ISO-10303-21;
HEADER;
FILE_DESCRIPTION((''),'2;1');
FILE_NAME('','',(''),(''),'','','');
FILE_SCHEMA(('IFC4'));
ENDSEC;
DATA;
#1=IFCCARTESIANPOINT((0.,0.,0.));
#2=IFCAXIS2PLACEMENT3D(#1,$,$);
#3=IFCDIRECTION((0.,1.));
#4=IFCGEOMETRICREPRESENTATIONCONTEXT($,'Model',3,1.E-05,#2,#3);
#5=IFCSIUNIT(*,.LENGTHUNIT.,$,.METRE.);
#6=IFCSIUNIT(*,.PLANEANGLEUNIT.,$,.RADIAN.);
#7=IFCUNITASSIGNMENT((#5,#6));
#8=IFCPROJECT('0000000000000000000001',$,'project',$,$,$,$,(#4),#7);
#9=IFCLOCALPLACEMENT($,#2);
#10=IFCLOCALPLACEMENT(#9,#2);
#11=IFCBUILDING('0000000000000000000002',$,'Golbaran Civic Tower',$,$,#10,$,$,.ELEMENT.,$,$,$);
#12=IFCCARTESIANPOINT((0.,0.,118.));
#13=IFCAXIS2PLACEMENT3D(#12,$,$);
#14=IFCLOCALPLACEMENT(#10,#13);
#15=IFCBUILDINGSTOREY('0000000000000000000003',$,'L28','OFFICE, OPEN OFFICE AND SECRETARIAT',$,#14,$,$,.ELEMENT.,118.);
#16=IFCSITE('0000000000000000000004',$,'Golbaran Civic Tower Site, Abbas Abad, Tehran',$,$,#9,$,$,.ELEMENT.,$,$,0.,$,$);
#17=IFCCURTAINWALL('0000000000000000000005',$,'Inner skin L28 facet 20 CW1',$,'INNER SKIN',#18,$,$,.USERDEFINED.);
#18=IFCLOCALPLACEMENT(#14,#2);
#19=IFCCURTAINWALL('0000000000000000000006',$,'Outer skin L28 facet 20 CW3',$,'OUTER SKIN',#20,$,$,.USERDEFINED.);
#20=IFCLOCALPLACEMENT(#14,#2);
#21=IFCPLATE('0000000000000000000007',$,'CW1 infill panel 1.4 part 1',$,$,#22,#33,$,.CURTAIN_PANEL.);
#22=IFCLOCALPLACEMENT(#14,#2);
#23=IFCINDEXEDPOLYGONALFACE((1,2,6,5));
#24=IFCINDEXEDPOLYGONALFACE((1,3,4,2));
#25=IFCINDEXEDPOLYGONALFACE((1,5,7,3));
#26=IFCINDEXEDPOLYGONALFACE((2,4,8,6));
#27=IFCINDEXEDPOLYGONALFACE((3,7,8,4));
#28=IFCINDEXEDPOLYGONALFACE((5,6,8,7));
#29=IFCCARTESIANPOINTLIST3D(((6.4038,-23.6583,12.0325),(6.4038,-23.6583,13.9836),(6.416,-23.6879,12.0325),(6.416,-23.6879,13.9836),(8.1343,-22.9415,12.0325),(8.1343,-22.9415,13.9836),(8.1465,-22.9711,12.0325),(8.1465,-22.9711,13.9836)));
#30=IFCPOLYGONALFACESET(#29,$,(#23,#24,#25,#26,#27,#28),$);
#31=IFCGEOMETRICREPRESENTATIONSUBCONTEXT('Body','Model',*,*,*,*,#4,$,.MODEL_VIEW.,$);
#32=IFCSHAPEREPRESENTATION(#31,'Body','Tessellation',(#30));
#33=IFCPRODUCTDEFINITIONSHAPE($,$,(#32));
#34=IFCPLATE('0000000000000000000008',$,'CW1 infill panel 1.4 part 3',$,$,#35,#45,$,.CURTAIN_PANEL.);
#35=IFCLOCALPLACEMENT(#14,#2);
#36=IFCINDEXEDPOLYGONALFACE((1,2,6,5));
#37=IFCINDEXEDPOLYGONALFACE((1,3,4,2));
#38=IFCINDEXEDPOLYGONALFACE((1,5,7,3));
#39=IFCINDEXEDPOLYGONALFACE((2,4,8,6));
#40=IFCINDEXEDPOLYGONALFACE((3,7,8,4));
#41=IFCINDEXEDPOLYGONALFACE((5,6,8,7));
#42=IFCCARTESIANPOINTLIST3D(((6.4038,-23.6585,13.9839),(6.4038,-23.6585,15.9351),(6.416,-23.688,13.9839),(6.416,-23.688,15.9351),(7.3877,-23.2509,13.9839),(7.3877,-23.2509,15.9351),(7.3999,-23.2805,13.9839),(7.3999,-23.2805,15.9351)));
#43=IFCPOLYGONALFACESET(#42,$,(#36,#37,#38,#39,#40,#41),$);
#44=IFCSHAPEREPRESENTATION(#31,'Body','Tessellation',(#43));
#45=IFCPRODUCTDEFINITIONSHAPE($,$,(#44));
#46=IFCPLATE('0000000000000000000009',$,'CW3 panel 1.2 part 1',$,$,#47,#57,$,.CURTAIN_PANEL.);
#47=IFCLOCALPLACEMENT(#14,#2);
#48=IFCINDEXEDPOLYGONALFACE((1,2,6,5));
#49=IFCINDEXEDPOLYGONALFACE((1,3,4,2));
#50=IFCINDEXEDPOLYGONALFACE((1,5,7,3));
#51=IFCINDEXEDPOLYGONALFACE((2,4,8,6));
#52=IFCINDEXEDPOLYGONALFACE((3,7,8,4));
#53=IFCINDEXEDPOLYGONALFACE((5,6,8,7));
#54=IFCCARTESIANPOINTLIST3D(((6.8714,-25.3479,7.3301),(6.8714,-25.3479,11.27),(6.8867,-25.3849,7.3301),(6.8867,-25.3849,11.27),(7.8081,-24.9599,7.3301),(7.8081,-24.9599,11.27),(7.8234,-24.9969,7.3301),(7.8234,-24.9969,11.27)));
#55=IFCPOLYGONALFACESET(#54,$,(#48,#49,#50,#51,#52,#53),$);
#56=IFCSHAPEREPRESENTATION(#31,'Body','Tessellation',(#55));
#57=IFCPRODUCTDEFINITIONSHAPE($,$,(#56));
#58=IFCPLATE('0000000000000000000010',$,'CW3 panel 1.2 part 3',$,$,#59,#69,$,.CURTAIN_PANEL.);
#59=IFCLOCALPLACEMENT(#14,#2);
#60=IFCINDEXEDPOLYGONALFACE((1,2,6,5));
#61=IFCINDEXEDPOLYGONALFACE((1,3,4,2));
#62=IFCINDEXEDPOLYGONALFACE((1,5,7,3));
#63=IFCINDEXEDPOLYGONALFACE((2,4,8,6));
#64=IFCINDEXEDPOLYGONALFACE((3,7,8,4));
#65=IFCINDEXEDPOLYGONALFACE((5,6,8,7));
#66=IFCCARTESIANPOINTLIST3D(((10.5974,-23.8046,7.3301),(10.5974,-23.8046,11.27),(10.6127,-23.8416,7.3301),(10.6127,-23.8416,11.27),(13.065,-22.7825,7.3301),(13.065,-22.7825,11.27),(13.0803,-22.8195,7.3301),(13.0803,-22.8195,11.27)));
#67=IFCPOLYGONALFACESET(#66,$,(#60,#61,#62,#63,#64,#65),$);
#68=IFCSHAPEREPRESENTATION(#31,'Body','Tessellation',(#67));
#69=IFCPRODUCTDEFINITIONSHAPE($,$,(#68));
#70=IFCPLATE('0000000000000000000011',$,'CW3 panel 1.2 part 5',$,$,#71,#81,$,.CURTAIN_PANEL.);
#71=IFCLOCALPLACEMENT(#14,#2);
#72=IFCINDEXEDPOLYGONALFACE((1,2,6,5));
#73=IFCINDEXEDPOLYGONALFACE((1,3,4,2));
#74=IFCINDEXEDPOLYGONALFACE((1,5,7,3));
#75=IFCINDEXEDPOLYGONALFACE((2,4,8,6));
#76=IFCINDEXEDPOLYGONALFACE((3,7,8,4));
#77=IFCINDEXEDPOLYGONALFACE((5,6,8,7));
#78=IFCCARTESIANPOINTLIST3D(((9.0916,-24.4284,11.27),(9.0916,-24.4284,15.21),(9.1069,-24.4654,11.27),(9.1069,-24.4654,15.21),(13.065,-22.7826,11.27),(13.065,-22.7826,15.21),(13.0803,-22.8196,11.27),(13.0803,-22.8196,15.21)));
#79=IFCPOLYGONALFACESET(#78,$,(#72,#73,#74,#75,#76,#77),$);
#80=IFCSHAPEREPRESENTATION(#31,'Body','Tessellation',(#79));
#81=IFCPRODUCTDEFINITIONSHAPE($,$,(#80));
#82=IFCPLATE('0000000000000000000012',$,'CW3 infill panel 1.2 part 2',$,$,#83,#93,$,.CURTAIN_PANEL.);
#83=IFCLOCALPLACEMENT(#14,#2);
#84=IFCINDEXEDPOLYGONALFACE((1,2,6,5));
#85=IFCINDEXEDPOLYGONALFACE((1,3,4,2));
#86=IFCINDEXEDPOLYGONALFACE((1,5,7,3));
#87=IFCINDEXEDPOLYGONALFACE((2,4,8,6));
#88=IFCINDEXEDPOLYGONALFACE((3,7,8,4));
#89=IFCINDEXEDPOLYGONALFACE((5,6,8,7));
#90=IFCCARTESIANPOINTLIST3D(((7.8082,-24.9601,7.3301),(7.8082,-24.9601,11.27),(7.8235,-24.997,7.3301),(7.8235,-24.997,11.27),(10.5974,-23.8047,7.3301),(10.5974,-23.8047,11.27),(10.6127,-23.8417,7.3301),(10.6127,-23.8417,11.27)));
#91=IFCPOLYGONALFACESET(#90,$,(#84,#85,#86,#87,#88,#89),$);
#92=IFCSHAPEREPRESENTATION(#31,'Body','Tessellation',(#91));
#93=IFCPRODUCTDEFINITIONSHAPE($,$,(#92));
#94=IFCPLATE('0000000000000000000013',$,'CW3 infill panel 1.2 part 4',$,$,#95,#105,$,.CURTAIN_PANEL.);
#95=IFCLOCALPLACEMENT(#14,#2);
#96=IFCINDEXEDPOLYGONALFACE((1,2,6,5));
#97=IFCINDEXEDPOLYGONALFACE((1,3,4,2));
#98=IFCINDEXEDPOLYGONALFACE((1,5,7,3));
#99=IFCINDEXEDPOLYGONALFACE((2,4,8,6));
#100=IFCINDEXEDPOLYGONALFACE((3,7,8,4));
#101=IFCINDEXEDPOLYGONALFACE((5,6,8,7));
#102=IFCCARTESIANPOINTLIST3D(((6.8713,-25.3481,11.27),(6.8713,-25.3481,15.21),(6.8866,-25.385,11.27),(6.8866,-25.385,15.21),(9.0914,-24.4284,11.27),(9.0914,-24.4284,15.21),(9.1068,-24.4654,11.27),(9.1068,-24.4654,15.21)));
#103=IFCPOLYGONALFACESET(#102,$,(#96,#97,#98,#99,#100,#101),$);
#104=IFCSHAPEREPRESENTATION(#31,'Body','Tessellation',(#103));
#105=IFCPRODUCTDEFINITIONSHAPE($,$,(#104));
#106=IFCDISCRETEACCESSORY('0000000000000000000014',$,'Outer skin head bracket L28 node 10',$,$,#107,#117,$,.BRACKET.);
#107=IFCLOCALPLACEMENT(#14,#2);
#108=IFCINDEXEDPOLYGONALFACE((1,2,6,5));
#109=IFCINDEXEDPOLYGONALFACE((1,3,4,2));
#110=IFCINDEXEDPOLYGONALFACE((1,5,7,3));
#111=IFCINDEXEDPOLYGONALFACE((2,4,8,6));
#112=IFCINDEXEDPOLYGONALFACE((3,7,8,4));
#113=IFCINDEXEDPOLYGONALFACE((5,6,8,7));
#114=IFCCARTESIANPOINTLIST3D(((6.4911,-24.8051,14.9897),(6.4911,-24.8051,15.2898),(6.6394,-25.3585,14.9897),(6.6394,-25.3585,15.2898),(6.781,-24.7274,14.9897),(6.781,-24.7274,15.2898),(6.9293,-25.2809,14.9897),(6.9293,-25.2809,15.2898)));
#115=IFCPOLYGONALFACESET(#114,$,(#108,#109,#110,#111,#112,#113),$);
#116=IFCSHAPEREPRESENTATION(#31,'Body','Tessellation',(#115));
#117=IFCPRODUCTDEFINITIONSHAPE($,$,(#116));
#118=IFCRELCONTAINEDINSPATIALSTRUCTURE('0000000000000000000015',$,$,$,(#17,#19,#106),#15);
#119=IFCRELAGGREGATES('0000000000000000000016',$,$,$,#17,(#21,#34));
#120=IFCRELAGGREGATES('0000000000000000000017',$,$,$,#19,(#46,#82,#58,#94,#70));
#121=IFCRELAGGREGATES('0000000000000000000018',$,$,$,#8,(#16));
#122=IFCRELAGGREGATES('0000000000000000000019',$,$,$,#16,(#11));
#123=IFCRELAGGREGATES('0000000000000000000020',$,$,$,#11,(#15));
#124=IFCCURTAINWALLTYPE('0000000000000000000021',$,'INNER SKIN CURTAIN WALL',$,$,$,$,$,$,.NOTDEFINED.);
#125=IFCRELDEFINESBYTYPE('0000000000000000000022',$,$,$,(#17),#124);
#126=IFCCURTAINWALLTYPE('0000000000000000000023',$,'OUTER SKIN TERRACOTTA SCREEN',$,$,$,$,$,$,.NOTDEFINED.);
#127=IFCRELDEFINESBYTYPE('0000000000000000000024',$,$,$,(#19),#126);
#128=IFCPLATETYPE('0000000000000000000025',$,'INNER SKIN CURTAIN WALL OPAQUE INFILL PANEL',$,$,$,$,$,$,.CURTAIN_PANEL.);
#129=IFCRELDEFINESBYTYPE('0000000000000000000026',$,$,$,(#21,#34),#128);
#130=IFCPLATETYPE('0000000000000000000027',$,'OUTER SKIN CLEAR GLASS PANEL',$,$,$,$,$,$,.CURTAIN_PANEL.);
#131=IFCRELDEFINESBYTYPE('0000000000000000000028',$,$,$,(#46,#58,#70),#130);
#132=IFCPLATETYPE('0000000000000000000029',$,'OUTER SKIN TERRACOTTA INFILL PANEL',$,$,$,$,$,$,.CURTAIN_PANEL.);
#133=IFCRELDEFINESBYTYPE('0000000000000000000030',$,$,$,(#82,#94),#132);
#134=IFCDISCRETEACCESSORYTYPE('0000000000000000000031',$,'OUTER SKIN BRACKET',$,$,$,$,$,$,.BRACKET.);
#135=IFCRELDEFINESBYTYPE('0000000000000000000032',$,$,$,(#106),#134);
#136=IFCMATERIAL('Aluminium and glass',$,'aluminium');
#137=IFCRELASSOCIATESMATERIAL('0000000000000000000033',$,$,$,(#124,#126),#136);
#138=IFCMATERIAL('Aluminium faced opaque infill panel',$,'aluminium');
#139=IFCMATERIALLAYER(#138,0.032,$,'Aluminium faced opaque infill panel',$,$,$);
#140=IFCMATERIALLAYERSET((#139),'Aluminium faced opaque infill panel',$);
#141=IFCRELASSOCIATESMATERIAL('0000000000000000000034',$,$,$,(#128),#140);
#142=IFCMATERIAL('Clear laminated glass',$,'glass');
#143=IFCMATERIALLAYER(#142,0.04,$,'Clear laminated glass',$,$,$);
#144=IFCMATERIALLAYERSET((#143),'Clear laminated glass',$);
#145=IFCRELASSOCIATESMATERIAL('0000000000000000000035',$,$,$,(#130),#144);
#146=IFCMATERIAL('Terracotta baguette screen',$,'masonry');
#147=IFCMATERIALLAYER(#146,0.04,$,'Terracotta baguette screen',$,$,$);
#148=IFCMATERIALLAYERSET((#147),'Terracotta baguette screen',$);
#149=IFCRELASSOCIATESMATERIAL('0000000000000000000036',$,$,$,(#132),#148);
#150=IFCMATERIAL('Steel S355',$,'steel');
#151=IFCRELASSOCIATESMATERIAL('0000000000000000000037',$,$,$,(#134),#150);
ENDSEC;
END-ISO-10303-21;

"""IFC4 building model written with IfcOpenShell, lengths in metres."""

from ifc_helpers import new_model, si_unit, direction, frame, origin, origin_2d, place, context, subcontext, project, spatial, rectangle, extrude, material, layer, layer_set, type_object, element, aggregate, save


model = new_model("IFC4")

# Units and contexts
model_context = context("Model", 3, precision=1e-05, world=origin(), true_north=direction((0.0, 1.0)))
body_context = subcontext(model_context, "Body", "Model", "MODEL_VIEW")
ifc_project = project(units=[si_unit("LENGTHUNIT", "METRE"), si_unit("PLANEANGLEUNIT", "RADIAN")], contexts=[model_context])

# Site, building, storey
site_placement = place(None, origin())
site = spatial("IfcSite", under=ifc_project, at=site_placement, Name="Golbaran Civic Tower Site, Abbas Abad, Tehran", CompositionType="ELEMENT", RefElevation=0.0)
building_placement = place(site_placement, origin())
building = spatial("IfcBuilding", under=site, at=building_placement, Name="Golbaran Civic Tower", CompositionType="ELEMENT")
storey_placement = place(building_placement, frame((0.0, 0.0, 118.0)))
storey = spatial("IfcBuildingStorey", under=building, at=storey_placement, Name="L28", Description="OFFICE, OPEN OFFICE AND SECRETARIAT", CompositionType="ELEMENT", Elevation=118.0)

# Curtain walls
ifc_material_1 = material(Name="Aluminium and glass", Category="aluminium")
curtain_wall_type_1 = type_object("IfcCurtainWallType", Name="INNER SKIN CURTAIN WALL", PredefinedType="NOTDEFINED", material=ifc_material_1)
curtain_wall_1_placement = place(storey_placement, origin())
curtain_wall_1 = element("IfcCurtainWall", 1, at=curtain_wall_1_placement, inside=storey, type_object=curtain_wall_type_1, Name="Inner skin L28 facet 20 CW1", ObjectType="INNER SKIN", PredefinedType="USERDEFINED")
curtain_wall_type_2 = type_object("IfcCurtainWallType", Name="OUTER SKIN TERRACOTTA SCREEN", PredefinedType="NOTDEFINED", material=ifc_material_1)
curtain_wall_2_placement = place(storey_placement, origin())
curtain_wall_2 = element("IfcCurtainWall", 2, at=curtain_wall_2_placement, inside=storey, type_object=curtain_wall_type_2, Name="Outer skin L28 facet 20 CW3", ObjectType="OUTER SKIN", PredefinedType="USERDEFINED")

# Plates
ifc_material_2 = material(Name="Aluminium faced opaque infill panel", Category="aluminium")
ifc_layer_1 = layer(ifc_material_2, 0.032, Name="Aluminium faced opaque infill panel")
ifc_layer_set_1 = layer_set([ifc_layer_1], Name="Aluminium faced opaque infill panel")
plate_type_1 = type_object("IfcPlateType", Name="INNER SKIN CURTAIN WALL OPAQUE INFILL PANEL", PredefinedType="CURTAIN_PANEL", material=ifc_layer_set_1)
plate_1_placement = place(storey_placement, frame((7.2751, -23.3147, 12.0325), z_axis=(0.0, 0.0, 1.0), x_axis=(0.92388, 0.382683, 0.0)))
plate_1 = element("IfcPlate", 3, at=plate_1_placement, type_object=plate_type_1, Name="CW1 infill panel 1.4 part 1", PredefinedType="CURTAIN_PANEL", context=body_context, shape_type="SweptSolid", body=[
    extrude(rectangle(XDim=1.873, YDim=0.032, at=origin_2d()), origin(), (0.0, 0.0, 1.0), 1.9512),
])
plate_2_placement = place(storey_placement, frame((6.9019, -23.4695, 13.9839), z_axis=(0.0, 0.0, 1.0), x_axis=(0.92388, 0.382683, 0.0)))
plate_2 = element("IfcPlate", 4, at=plate_2_placement, type_object=plate_type_1, Name="CW1 infill panel 1.4 part 3", PredefinedType="CURTAIN_PANEL", context=body_context, shape_type="SweptSolid", body=[
    extrude(rectangle(XDim=1.0649, YDim=0.032, at=origin_2d()), origin(), (0.0, 0.0, 1.0), 1.9512),
])
aggregate(curtain_wall_1, [plate_1, plate_2])
ifc_material_3 = material(Name="Clear laminated glass", Category="glass")
ifc_layer_2 = layer(ifc_material_3, 0.04, Name="Clear laminated glass")
ifc_layer_set_2 = layer_set([ifc_layer_2], Name="Clear laminated glass")
plate_type_2 = type_object("IfcPlateType", Name="OUTER SKIN CLEAR GLASS PANEL", PredefinedType="CURTAIN_PANEL", material=ifc_layer_set_2)
plate_3_placement = place(storey_placement, frame((7.3474, -25.1724, 7.3301), z_axis=(0.0, 0.0, 1.0), x_axis=(0.92388, 0.382683, 0.0)))
plate_3 = element("IfcPlate", 5, at=plate_3_placement, type_object=plate_type_2, Name="CW3 panel 1.2 part 1", PredefinedType="CURTAIN_PANEL", context=body_context, shape_type="SweptSolid", body=[
    extrude(rectangle(XDim=1.0139, YDim=0.04, at=origin_2d()), origin(), (0.0, 0.0, 1.0), 3.9399),
])
plate_4_placement = place(storey_placement, frame((11.8389, -23.312, 7.3301), z_axis=(0.0, 0.0, 1.0), x_axis=(0.92388, 0.382683, 0.0)))
plate_4 = element("IfcPlate", 6, at=plate_4_placement, type_object=plate_type_2, Name="CW3 panel 1.2 part 3", PredefinedType="CURTAIN_PANEL", context=body_context, shape_type="SweptSolid", body=[
    extrude(rectangle(XDim=2.6709, YDim=0.04, at=origin_2d()), origin(), (0.0, 0.0, 1.0), 3.9399),
])
plate_5_placement = place(storey_placement, frame((11.0859, -23.624, 11.27), z_axis=(0.0, 0.0, 1.0), x_axis=(0.92388, 0.382683, 0.0)))
plate_5 = element("IfcPlate", 7, at=plate_5_placement, type_object=plate_type_2, Name="CW3 panel 1.2 part 5", PredefinedType="CURTAIN_PANEL", context=body_context, shape_type="SweptSolid", body=[
    extrude(rectangle(XDim=4.3008, YDim=0.04, at=origin_2d()), origin(), (0.0, 0.0, 1.0), 3.9399),
])
ifc_material_4 = material(Name="Terracotta baguette screen", Category="masonry")
ifc_layer_3 = layer(ifc_material_4, 0.04, Name="Terracotta baguette screen")
ifc_layer_set_3 = layer_set([ifc_layer_3], Name="Terracotta baguette screen")
plate_type_3 = type_object("IfcPlateType", Name="OUTER SKIN TERRACOTTA INFILL PANEL", PredefinedType="CURTAIN_PANEL", material=ifc_layer_set_3)
plate_6_placement = place(storey_placement, frame((9.2104, -24.4009, 7.3301), z_axis=(0.0, 0.0, 1.0), x_axis=(0.92388, 0.382683, 0.0)))
plate_6 = element("IfcPlate", 8, at=plate_6_placement, type_object=plate_type_3, Name="CW3 infill panel 1.2 part 2", PredefinedType="CURTAIN_PANEL", context=body_context, shape_type="SweptSolid", body=[
    extrude(rectangle(XDim=3.019, YDim=0.04, at=origin_2d()), origin(), (0.0, 0.0, 1.0), 3.9399),
])
plate_7_placement = place(storey_placement, frame((7.989, -24.9067, 11.27), z_axis=(0.0, 0.0, 1.0), x_axis=(0.92388, 0.382683, 0.0)))
plate_7 = element("IfcPlate", 9, at=plate_7_placement, type_object=plate_type_3, Name="CW3 infill panel 1.2 part 4", PredefinedType="CURTAIN_PANEL", context=body_context, shape_type="SweptSolid", body=[
    extrude(rectangle(XDim=2.4031, YDim=0.04, at=origin_2d()), origin(), (0.0, 0.0, 1.0), 3.9399),
])
aggregate(curtain_wall_2, [plate_3, plate_6, plate_4, plate_7, plate_5])

# Discrete accessory
ifc_material_5 = material(Name="Steel S355", Category="steel")
discrete_accessory_type = type_object("IfcDiscreteAccessoryType", Name="OUTER SKIN BRACKET", PredefinedType="BRACKET", material=ifc_material_5)
discrete_accessory_placement = place(storey_placement, frame((6.7102, -25.043, 14.9897), z_axis=(0.0, 0.0, 1.0), x_axis=(0.258819, -0.965926, 0.0)))
element("IfcDiscreteAccessory", 10, at=discrete_accessory_placement, inside=storey, type_object=discrete_accessory_type, Name="Outer skin head bracket L28 node 10", PredefinedType="BRACKET", context=body_context, shape_type="SweptSolid", body=[
    extrude(rectangle(XDim=0.573, YDim=0.3, at=origin_2d()), origin(), (0.0, 0.0, 1.0), 0.3),
])

save(model, "model.ifc")
